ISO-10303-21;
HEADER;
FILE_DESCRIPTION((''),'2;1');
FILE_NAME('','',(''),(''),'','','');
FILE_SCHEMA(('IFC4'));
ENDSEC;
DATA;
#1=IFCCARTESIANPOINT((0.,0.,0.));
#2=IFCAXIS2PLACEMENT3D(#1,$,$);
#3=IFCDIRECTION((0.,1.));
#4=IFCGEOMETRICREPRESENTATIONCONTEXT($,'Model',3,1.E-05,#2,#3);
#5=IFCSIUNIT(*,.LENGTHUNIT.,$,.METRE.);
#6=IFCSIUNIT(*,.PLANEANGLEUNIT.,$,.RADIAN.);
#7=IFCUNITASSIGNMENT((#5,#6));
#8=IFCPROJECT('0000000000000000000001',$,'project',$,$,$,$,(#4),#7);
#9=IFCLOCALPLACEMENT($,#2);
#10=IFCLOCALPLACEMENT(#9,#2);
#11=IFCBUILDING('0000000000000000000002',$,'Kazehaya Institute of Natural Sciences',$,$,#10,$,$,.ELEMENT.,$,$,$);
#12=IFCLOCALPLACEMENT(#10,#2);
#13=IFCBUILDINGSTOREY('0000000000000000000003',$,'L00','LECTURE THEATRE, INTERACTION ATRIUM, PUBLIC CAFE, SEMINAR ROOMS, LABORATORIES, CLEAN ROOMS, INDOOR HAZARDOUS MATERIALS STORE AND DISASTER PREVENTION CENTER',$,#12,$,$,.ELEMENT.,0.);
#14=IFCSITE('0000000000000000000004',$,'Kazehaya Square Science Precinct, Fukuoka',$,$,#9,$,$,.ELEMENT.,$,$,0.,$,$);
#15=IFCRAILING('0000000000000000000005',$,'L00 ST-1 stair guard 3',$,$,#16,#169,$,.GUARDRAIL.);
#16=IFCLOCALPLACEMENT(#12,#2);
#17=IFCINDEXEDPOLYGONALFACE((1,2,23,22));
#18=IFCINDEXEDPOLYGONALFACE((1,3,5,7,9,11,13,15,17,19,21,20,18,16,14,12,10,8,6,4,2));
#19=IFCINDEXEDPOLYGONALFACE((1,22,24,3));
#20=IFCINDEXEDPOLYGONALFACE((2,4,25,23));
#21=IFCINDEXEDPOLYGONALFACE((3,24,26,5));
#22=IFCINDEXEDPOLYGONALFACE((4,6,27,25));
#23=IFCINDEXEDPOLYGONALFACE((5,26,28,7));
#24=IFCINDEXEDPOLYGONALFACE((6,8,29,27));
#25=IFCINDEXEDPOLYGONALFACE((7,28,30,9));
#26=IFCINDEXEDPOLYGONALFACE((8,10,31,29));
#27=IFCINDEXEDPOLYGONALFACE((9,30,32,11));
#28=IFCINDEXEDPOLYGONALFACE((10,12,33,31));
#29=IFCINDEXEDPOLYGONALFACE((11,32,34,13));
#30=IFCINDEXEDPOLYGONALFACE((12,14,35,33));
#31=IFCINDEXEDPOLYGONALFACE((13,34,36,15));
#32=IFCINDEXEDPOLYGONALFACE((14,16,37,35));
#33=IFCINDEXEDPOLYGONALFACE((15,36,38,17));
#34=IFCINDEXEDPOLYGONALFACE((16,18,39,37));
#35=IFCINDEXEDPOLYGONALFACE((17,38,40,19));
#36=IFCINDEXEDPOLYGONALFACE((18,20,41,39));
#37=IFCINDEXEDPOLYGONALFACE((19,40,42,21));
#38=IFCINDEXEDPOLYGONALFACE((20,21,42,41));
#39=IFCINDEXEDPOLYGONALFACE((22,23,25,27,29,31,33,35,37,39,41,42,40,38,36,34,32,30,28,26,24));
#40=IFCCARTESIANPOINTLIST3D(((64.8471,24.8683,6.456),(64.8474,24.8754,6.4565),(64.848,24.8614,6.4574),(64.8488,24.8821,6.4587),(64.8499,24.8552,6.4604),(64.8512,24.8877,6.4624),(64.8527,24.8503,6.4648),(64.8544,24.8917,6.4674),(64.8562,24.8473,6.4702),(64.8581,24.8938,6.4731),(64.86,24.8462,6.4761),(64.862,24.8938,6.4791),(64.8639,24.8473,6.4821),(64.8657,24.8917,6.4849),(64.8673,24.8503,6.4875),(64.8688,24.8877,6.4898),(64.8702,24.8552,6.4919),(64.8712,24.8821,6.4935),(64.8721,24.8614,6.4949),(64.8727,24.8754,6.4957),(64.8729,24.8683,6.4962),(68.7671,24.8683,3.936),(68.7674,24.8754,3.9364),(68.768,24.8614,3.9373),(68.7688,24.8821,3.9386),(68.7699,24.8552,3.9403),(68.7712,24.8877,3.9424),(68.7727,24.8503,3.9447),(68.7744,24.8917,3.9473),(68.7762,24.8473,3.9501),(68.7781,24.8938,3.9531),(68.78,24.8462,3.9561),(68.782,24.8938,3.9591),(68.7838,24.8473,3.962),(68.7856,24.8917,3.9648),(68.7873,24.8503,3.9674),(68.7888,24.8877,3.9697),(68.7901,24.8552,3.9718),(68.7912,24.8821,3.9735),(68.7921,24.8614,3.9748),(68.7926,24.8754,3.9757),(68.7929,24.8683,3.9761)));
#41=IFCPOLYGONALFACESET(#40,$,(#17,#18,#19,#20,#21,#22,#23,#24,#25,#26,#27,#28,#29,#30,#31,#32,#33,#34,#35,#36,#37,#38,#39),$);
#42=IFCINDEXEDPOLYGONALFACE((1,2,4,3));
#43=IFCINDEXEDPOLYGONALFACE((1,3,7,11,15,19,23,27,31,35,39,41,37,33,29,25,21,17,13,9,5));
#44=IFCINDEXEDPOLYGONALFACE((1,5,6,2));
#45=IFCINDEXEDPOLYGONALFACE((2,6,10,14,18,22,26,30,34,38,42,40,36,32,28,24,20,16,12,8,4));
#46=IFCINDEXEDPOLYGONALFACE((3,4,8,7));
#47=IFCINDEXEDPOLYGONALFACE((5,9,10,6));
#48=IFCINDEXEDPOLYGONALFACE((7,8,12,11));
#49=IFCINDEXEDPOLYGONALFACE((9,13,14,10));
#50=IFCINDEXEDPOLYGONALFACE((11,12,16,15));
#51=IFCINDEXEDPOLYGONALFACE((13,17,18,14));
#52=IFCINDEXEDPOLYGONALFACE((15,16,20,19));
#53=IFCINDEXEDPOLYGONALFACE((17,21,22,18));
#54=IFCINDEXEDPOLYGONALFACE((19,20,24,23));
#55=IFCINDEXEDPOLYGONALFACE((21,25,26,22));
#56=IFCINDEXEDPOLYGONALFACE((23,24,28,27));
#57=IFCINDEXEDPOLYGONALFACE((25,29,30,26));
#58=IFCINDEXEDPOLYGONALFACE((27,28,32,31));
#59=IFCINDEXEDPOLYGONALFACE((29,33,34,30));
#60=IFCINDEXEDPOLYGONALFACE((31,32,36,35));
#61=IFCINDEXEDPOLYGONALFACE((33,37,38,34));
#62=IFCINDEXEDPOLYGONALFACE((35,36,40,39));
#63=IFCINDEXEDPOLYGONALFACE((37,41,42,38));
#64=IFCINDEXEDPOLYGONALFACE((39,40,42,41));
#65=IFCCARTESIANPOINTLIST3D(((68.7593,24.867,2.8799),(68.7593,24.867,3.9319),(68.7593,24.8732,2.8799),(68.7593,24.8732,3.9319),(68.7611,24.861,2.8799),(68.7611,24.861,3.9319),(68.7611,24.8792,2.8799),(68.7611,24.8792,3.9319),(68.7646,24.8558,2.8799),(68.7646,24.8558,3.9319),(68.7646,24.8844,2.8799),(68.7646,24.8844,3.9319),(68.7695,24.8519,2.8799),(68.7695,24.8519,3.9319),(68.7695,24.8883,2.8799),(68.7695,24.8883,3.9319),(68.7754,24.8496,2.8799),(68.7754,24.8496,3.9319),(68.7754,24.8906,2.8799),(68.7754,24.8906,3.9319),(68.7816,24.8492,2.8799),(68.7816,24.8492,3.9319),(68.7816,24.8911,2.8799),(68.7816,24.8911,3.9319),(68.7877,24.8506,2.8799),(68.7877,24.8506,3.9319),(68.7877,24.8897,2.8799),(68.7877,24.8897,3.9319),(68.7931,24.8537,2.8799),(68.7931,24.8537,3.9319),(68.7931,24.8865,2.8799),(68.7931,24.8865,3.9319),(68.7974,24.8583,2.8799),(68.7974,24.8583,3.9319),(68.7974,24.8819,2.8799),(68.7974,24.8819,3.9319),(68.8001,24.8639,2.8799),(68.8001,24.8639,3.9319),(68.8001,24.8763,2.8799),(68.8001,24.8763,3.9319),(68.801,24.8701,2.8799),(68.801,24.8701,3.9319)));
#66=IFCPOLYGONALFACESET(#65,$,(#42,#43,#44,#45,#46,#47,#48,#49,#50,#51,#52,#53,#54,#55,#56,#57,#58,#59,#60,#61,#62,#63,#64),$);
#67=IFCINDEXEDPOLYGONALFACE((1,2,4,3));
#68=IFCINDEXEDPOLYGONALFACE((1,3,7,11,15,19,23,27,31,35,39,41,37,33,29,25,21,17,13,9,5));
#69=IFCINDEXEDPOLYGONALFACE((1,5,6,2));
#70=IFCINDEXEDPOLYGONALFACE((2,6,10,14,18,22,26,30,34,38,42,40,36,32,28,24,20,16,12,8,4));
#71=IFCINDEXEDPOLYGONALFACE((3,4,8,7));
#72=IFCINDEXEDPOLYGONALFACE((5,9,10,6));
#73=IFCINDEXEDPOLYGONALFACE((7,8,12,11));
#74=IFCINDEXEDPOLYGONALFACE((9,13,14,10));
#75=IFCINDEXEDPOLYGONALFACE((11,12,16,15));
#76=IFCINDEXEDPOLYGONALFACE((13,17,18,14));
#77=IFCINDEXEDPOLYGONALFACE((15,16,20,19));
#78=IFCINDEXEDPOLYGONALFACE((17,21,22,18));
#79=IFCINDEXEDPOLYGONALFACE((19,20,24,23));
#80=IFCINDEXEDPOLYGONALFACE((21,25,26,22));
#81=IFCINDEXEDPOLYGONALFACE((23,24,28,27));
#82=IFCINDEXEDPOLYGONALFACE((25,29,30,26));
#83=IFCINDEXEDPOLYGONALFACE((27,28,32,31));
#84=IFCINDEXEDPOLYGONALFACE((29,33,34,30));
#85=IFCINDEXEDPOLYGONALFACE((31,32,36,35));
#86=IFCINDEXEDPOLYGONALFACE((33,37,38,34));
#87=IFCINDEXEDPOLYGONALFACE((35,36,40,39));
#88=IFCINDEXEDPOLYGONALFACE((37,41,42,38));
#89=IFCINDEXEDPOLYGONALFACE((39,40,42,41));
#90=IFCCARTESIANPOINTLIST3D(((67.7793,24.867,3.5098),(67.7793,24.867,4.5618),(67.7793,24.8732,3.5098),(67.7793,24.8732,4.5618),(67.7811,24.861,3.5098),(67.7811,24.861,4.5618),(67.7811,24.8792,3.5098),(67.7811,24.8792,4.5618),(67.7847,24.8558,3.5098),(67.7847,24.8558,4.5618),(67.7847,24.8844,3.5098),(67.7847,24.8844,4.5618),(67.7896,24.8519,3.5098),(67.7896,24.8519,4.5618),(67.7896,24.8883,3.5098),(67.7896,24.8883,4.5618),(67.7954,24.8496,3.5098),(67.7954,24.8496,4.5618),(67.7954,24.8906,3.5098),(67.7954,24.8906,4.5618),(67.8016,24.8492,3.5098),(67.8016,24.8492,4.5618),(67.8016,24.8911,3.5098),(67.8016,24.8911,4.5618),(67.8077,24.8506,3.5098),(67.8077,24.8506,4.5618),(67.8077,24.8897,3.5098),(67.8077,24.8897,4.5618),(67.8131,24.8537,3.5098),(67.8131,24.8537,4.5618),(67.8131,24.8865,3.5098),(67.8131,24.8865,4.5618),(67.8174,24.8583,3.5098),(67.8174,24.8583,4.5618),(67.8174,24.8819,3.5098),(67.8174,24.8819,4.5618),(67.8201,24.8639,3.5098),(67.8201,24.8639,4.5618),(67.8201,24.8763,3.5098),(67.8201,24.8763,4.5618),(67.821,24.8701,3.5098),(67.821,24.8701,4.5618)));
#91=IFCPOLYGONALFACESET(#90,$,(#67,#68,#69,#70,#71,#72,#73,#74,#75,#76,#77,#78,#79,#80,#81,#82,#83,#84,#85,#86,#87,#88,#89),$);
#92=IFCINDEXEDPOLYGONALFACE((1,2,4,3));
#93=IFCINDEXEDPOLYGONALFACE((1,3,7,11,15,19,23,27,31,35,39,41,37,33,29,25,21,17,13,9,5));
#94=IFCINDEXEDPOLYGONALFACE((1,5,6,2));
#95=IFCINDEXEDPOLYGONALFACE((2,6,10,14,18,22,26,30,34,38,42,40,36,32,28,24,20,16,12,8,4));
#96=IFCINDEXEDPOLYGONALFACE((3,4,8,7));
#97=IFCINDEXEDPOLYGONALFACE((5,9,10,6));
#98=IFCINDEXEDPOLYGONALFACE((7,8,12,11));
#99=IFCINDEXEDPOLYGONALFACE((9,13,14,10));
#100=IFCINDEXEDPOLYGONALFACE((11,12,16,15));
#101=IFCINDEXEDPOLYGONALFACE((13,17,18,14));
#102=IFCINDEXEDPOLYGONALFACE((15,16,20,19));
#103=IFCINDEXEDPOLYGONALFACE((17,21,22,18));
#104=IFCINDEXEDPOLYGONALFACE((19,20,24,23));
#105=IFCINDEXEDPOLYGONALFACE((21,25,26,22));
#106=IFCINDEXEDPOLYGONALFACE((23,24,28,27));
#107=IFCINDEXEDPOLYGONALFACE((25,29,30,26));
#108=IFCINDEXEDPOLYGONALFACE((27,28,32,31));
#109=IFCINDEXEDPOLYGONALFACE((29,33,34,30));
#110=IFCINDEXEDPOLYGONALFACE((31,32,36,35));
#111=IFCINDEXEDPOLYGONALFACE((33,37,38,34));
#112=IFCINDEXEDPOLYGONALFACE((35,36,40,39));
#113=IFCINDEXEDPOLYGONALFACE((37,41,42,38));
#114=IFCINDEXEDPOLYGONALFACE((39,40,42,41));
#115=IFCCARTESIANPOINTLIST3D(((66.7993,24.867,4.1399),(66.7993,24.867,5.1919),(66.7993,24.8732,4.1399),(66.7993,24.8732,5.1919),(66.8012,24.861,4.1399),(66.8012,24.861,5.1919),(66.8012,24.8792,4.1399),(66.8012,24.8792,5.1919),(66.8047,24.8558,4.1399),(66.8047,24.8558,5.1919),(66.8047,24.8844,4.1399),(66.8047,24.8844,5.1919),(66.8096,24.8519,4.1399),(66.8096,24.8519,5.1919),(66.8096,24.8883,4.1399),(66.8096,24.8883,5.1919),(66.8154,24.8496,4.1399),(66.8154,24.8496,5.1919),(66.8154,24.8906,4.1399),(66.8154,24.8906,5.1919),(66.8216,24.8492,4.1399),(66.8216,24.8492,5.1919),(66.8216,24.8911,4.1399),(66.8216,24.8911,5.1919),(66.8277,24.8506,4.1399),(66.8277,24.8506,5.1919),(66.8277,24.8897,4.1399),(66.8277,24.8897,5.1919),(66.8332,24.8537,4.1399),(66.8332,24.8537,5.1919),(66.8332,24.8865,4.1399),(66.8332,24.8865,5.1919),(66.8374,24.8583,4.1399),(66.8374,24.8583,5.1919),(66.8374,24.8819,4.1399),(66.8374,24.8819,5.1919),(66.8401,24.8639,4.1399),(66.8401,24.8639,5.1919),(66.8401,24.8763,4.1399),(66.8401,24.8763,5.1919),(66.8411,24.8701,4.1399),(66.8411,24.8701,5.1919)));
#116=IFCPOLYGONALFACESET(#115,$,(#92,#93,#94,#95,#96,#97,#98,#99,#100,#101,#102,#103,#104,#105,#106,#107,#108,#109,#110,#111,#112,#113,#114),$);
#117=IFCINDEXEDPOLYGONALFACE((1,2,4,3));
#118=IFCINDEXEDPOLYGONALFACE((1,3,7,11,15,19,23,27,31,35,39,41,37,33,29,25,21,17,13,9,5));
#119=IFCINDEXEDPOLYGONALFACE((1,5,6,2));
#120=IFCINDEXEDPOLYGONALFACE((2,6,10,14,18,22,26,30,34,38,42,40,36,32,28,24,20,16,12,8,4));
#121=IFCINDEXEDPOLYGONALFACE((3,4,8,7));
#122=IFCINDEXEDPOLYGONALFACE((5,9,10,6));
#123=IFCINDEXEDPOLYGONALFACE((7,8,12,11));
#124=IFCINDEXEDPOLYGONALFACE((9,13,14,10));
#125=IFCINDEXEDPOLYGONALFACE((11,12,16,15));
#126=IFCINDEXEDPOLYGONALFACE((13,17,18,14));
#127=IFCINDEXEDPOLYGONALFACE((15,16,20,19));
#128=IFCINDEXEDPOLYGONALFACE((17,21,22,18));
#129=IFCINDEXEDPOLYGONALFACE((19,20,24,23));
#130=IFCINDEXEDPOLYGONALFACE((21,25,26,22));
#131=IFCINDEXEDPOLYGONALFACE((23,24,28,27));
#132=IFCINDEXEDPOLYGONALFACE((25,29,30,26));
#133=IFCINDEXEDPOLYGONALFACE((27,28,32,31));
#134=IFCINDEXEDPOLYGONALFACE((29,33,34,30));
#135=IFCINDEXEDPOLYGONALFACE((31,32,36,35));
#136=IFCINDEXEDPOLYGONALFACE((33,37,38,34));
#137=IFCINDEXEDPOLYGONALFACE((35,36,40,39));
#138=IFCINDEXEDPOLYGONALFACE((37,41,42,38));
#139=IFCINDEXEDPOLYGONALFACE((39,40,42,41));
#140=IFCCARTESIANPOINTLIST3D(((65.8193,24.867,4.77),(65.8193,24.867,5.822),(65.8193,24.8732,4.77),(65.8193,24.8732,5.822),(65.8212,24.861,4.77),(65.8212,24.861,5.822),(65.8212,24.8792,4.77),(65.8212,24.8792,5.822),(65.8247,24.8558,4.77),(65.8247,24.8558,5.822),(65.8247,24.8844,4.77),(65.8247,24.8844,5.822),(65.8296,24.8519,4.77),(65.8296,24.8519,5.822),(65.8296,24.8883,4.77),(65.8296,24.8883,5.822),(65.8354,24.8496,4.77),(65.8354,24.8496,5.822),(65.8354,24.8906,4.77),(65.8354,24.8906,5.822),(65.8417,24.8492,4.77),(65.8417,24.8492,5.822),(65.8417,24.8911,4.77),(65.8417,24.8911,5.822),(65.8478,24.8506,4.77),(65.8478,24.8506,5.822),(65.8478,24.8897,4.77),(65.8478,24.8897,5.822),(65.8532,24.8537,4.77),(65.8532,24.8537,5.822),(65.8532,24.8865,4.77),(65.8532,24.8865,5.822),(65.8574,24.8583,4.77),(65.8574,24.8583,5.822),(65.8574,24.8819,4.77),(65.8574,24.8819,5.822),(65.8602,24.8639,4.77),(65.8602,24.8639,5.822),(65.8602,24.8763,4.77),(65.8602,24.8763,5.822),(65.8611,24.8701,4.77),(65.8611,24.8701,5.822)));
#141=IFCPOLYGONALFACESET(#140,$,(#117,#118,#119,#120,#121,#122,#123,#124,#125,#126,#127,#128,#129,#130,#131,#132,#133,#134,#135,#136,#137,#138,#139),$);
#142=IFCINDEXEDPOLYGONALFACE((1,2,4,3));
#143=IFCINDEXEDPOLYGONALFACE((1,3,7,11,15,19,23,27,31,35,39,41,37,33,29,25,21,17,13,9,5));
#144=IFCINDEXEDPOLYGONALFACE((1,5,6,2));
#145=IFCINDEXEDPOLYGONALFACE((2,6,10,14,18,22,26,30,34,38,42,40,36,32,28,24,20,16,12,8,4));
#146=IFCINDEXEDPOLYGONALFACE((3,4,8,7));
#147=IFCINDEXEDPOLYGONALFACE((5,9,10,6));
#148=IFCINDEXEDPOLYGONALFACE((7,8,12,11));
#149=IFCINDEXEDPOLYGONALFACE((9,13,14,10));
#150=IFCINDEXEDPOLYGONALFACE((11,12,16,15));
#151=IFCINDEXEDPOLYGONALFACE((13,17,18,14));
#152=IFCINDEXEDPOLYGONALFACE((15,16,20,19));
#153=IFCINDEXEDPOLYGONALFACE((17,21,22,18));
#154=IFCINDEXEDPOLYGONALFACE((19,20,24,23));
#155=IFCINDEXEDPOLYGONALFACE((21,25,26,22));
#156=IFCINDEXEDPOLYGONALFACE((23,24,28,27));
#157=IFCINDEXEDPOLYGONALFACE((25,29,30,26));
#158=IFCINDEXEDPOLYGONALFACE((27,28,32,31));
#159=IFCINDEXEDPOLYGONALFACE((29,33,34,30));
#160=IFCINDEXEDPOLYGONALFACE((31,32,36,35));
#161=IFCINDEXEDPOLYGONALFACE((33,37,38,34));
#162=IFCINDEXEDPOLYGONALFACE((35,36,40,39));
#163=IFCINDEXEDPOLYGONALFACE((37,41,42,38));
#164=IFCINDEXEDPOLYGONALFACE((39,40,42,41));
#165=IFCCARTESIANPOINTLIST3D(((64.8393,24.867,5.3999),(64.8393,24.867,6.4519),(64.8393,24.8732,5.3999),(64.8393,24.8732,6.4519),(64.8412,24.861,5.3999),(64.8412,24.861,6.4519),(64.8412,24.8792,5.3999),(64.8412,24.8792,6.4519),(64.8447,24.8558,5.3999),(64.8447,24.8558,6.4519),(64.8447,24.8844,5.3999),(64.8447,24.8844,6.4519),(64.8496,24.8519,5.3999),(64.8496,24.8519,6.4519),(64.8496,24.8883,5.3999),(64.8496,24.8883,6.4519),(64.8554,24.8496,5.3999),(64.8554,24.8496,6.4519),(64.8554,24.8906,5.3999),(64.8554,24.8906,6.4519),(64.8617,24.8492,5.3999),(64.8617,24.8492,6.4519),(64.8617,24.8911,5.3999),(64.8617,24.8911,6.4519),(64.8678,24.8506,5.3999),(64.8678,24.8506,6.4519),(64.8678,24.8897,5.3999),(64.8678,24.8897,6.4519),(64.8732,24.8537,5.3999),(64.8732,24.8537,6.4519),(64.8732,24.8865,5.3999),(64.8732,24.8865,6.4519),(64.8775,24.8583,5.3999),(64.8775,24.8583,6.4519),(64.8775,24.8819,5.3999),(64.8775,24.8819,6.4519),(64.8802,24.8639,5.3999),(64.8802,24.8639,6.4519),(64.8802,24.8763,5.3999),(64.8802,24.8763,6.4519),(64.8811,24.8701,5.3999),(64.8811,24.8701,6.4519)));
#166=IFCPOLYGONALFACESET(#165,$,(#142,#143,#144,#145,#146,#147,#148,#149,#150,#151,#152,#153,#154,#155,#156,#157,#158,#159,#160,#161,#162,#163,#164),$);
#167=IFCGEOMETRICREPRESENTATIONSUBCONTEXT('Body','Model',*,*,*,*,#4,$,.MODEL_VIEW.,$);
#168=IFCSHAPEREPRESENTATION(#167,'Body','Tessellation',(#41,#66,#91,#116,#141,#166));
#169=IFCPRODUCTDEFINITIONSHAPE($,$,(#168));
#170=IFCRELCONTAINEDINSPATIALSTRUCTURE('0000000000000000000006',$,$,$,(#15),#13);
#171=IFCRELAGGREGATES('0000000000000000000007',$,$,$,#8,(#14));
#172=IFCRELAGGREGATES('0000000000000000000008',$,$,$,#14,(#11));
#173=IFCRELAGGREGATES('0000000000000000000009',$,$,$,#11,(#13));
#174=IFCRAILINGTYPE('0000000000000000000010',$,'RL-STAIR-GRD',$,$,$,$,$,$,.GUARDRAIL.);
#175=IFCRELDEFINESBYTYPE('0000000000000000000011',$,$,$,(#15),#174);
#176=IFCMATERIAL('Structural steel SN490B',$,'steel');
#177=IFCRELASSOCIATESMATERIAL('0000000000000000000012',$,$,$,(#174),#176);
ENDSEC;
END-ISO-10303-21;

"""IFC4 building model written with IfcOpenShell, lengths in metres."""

from ifc_helpers import new_model, si_unit, direction, frame, origin, origin_2d, place, context, subcontext, project, spatial, circle, extrude, material, type_object, element, save


model = new_model("IFC4")

# Units and contexts
model_context = context("Model", 3, precision=1e-05, world=origin(), true_north=direction((0.0, 1.0)))
body_context = subcontext(model_context, "Body", "Model", "MODEL_VIEW")
ifc_project = project(units=[si_unit("LENGTHUNIT", "METRE"), si_unit("PLANEANGLEUNIT", "RADIAN")], contexts=[model_context])

# Site, building, storey
site_placement = place(None, origin())
site = spatial("IfcSite", under=ifc_project, at=site_placement, Name="Kazehaya Square Science Precinct, Fukuoka", CompositionType="ELEMENT", RefElevation=0.0)
building_placement = place(site_placement, origin())
building = spatial("IfcBuilding", under=site, at=building_placement, Name="Kazehaya Institute of Natural Sciences", CompositionType="ELEMENT")
storey_placement = place(building_placement, origin())
storey = spatial("IfcBuildingStorey", under=building, at=storey_placement, Name="L00", Description="LECTURE THEATRE, INTERACTION ATRIUM, PUBLIC CAFE, SEMINAR ROOMS, LABORATORIES, CLEAN ROOMS, INDOOR HAZARDOUS MATERIALS STORE AND DISASTER PREVENTION CENTER", CompositionType="ELEMENT", Elevation=0.0)

# Railing
ifc_material_1 = material(Name="Structural steel SN490B", Category="steel")
railing_type_1 = type_object("IfcRailingType", Name="RL-STAIR-GRD", PredefinedType="GUARDRAIL", material=ifc_material_1)
railing_1_placement = place(storey_placement, frame((68.78, 24.8701, 2.8799)))
element("IfcRailing", 1, at=railing_1_placement, inside=storey, type_object=railing_type_1, Name="L00 ST-1 stair guard 3", PredefinedType="GUARDRAIL", context=body_context, shape_type="SweptSolid", body=[
    extrude(circle(Radius=0.0239, at=origin_2d()), frame((0.0, 0.0, 1.0762), z_axis=(-0.841172, 0.0, 0.540768), x_axis=(0.0, -1.0, 0.0)), (0.0, 0.0, 1.0), 4.6602),
    extrude(circle(Radius=0.021, at=origin_2d()), origin(), (0.0, 0.0, 1.0), 1.052),
    extrude(circle(Radius=0.021, at=origin_2d()), frame((-0.98, 0.0, 0.6299)), (0.0, 0.0, 1.0), 1.052),
    extrude(circle(Radius=0.021, at=origin_2d()), frame((-1.96, 0.0, 1.26)), (0.0, 0.0, 1.0), 1.052),
    extrude(circle(Radius=0.021, at=origin_2d()), frame((-2.9399, 0.0, 1.8901)), (0.0, 0.0, 1.0), 1.052),
    extrude(circle(Radius=0.021, at=origin_2d()), frame((-3.9199, 0.0, 2.52)), (0.0, 0.0, 1.0), 1.052),
])

save(model, "model.ifc")
